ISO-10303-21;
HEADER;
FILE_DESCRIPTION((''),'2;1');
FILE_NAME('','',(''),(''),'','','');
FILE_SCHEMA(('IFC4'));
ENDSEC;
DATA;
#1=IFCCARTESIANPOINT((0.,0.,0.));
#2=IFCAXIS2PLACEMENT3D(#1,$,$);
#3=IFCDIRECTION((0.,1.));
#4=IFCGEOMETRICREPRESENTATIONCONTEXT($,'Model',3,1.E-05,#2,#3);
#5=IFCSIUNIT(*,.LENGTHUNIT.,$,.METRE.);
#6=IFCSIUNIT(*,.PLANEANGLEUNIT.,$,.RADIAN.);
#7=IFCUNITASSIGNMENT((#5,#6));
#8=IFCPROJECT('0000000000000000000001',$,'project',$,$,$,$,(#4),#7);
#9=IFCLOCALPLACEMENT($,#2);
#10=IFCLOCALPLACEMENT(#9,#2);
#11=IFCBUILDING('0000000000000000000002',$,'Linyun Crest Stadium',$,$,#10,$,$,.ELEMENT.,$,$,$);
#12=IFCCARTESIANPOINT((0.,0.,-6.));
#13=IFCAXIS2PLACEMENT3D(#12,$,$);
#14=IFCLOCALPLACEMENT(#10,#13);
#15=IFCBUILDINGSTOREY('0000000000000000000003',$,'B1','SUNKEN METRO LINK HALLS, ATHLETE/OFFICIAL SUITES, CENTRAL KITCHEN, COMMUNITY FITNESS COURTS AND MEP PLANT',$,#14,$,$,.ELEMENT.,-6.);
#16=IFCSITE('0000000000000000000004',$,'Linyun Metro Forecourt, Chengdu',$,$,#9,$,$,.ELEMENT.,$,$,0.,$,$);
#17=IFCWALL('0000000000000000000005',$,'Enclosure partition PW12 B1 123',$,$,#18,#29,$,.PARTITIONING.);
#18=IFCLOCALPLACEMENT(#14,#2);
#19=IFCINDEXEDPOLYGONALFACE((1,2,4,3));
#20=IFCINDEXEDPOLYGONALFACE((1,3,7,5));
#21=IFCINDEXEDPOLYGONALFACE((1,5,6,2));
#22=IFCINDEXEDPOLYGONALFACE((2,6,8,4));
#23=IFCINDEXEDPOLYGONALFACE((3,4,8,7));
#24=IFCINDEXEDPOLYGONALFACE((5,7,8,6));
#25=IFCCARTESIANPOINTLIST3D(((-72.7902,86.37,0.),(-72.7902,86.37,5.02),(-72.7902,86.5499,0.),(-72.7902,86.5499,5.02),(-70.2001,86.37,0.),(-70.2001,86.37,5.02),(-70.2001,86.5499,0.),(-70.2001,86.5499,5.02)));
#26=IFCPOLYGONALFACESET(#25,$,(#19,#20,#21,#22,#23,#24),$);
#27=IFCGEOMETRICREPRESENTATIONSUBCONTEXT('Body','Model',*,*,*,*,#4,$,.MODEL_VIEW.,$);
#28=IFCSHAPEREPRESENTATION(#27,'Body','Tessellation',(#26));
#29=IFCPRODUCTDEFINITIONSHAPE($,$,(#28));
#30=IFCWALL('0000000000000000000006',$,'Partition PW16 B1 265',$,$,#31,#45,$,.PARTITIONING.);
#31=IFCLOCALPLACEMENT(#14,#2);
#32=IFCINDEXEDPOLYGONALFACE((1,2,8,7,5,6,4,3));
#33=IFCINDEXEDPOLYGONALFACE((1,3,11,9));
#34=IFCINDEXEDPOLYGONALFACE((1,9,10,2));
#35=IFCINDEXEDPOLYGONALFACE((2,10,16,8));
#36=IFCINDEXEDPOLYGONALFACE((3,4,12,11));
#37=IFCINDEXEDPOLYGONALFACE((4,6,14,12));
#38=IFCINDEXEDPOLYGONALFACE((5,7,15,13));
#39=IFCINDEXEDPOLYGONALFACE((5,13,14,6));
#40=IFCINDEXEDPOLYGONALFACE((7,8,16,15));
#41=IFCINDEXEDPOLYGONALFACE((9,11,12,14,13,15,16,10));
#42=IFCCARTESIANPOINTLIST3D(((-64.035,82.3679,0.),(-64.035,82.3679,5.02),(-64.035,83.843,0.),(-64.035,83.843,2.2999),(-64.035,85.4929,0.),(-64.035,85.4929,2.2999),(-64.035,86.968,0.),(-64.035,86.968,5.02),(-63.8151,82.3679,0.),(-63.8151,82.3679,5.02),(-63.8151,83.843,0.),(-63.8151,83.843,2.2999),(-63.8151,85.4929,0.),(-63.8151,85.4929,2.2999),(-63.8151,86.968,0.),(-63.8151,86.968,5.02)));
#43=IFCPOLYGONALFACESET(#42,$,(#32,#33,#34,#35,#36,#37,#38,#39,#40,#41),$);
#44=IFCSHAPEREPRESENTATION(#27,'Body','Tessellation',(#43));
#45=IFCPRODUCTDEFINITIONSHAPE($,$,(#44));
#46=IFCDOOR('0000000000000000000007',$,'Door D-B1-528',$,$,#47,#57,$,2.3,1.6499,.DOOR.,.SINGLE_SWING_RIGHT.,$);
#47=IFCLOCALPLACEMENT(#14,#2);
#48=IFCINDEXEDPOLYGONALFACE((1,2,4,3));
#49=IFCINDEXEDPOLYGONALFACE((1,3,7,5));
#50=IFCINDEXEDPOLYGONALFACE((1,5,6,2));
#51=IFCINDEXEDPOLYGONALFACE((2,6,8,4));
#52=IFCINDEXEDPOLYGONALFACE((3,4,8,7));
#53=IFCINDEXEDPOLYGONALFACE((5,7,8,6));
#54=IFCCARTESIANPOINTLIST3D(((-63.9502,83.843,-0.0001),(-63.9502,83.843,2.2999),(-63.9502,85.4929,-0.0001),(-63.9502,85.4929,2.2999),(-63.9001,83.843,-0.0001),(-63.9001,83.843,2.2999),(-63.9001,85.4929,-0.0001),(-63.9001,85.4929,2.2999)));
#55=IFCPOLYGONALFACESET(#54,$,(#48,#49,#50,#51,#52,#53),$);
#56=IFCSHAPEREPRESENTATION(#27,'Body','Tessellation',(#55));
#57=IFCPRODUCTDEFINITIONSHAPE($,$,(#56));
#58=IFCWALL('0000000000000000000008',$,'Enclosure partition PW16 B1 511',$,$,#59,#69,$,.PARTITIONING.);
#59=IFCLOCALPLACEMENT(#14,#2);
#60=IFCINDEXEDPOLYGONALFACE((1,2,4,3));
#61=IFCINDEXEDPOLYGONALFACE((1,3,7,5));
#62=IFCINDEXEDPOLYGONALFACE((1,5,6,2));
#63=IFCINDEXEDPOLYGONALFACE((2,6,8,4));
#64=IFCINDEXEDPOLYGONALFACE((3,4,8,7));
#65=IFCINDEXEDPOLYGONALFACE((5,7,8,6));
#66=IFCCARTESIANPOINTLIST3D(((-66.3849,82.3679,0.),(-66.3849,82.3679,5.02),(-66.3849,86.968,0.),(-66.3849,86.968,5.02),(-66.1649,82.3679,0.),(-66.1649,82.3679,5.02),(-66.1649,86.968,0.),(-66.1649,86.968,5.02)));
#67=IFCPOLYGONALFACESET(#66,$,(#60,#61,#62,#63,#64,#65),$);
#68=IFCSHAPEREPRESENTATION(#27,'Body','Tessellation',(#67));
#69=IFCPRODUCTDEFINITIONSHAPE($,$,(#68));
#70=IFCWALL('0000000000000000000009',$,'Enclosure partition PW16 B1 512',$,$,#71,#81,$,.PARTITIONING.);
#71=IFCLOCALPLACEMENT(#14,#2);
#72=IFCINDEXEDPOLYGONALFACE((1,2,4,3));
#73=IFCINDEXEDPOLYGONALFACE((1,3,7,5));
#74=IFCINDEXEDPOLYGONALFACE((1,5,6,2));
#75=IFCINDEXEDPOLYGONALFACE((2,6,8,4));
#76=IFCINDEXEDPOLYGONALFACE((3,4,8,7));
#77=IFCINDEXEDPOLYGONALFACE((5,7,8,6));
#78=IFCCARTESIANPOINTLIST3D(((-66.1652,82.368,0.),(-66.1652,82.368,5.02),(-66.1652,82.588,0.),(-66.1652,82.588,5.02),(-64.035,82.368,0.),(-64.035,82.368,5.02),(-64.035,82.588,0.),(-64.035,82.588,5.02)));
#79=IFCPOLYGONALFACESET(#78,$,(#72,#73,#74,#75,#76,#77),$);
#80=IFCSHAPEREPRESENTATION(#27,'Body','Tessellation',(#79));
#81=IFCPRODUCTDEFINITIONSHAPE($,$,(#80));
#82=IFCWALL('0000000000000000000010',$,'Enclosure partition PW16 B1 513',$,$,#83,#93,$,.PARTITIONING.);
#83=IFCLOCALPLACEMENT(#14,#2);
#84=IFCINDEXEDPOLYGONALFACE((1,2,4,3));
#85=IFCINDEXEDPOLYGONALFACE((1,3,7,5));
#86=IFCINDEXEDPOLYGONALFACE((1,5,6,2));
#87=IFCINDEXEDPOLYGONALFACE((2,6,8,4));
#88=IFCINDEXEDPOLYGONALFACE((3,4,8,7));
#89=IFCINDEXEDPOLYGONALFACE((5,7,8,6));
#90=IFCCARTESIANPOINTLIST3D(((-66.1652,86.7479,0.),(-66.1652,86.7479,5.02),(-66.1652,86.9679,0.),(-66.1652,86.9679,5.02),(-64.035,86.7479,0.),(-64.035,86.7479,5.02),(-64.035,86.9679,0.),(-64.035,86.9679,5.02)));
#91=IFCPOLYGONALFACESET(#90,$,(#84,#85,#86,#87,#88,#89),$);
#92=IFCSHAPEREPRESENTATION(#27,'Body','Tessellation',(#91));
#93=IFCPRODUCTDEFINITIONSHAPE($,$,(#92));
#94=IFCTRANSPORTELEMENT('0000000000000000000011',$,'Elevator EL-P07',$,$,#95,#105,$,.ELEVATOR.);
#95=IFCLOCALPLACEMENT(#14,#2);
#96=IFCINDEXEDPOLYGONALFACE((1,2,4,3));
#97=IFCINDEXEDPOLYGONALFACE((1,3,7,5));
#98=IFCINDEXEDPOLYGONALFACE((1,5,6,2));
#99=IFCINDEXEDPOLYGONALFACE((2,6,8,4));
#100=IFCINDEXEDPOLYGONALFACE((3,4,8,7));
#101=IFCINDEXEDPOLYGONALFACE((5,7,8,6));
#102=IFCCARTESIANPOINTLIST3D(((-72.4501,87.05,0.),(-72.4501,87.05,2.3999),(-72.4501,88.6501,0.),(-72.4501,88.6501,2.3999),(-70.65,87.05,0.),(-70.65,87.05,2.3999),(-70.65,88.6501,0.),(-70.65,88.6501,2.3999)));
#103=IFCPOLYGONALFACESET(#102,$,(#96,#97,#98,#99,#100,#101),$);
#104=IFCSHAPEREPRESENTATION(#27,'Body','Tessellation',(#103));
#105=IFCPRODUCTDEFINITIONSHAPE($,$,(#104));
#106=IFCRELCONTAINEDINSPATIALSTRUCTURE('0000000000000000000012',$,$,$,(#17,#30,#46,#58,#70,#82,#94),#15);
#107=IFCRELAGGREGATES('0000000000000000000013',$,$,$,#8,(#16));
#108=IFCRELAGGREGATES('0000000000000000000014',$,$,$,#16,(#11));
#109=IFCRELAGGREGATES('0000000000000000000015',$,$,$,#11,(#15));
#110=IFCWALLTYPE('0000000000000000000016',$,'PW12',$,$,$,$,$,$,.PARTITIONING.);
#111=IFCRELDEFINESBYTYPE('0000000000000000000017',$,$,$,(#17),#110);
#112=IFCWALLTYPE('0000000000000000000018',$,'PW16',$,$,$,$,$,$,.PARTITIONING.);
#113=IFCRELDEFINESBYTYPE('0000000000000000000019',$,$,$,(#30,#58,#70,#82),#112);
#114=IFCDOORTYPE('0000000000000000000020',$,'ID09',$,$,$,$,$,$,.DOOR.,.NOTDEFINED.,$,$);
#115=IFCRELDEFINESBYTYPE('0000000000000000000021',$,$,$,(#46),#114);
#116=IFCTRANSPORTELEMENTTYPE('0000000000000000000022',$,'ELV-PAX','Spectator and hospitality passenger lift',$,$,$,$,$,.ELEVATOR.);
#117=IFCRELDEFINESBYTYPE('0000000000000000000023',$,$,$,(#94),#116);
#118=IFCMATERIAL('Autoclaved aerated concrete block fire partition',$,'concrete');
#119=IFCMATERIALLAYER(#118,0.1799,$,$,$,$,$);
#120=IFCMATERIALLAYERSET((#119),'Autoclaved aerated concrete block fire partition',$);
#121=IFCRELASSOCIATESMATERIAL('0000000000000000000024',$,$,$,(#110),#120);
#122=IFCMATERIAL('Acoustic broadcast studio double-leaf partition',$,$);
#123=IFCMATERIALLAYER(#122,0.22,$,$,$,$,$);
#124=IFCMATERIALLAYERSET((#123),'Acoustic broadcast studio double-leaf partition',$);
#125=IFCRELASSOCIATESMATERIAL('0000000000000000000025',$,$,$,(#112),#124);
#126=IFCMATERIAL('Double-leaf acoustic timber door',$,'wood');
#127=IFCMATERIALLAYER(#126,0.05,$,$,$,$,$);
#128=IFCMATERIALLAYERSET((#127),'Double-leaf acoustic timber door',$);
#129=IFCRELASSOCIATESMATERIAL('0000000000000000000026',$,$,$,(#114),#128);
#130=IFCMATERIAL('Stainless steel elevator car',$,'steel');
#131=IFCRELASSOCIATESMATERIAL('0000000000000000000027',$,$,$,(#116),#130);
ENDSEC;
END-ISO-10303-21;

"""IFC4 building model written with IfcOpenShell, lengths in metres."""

from ifc_helpers import new_model, si_unit, direction, frame, frame_2d, origin, origin_2d, place, context, subcontext, project, spatial, rectangle, extrude, material, layer, layer_set, type_object, element, fill, save


model = new_model("IFC4")

# Units and contexts
model_context = context("Model", 3, precision=1e-05, world=origin(), true_north=direction((0.0, 1.0)))
body_context = subcontext(model_context, "Body", "Model", "MODEL_VIEW")
ifc_project = project(units=[si_unit("LENGTHUNIT", "METRE"), si_unit("PLANEANGLEUNIT", "RADIAN")], contexts=[model_context])

# Site, building, storey
site_placement = place(None, origin())
site = spatial("IfcSite", under=ifc_project, at=site_placement, Name="Linyun Metro Forecourt, Chengdu", CompositionType="ELEMENT", RefElevation=0.0)
building_placement = place(site_placement, origin())
building = spatial("IfcBuilding", under=site, at=building_placement, Name="Linyun Crest Stadium", CompositionType="ELEMENT")
storey_placement = place(building_placement, frame((0.0, 0.0, -6.0)))
storey = spatial("IfcBuildingStorey", under=building, at=storey_placement, Name="B1", Description="SUNKEN METRO LINK HALLS, ATHLETE/OFFICIAL SUITES, CENTRAL KITCHEN, COMMUNITY FITNESS COURTS AND MEP PLANT", CompositionType="ELEMENT", Elevation=-6.0)

# Shared definitions
ifc_material_1 = material(Name="Autoclaved aerated concrete block fire partition", Category="concrete")
ifc_layer_1 = layer(ifc_material_1, 0.1799)
ifc_layer_set_1 = layer_set([ifc_layer_1], Name="Autoclaved aerated concrete block fire partition")
wall_type_1 = type_object("IfcWallType", Name="PW12", PredefinedType="PARTITIONING", material=ifc_layer_set_1)

# Wall
wall_1_placement = place(storey_placement, frame((-72.79, 86.46, 0.0), z_axis=(0.0, 0.0, 1.0), x_axis=(1.0, 0.0, 0.0)))
element("IfcWall", 1, at=wall_1_placement, inside=storey, type_object=wall_type_1, Name="Enclosure partition PW12 B1 123", PredefinedType="PARTITIONING", context=body_context, shape_type="SweptSolid", body=[
    extrude(rectangle(XDim=2.5901, YDim=0.1799, at=frame_2d((1.2949, 0.0))), origin(), (0.0, 0.0, 1.0), 5.02),
])

# Wall, opening, door
ifc_material_2 = material(Name="Acoustic broadcast studio double-leaf partition")
ifc_layer_2 = layer(ifc_material_2, 0.22)
ifc_layer_set_2 = layer_set([ifc_layer_2], Name="Acoustic broadcast studio double-leaf partition")
wall_type_2 = type_object("IfcWallType", Name="PW16", PredefinedType="PARTITIONING", material=ifc_layer_set_2)
wall_2_placement = place(storey_placement, frame((-63.925, 86.968, 0.0), z_axis=(0.0, 0.0, 1.0), x_axis=(0.0, -1.0, 0.0)))
wall_2 = element("IfcWall", 2, at=wall_2_placement, inside=storey, type_object=wall_type_2, Name="Partition PW16 B1 265", PredefinedType="PARTITIONING", context=body_context, shape_type="SweptSolid", body=[
    extrude(rectangle(XDim=4.6001, YDim=0.22, at=frame_2d((2.3, 0.0))), origin(), (0.0, 0.0, 1.0), 5.02),
])
opening_1_placement = place(wall_2_placement, frame((1.4751, 0.0, 0.0)))
opening_1 = element("IfcOpeningElement", 3, at=opening_1_placement, cuts=wall_2, PredefinedType="OPENING", context=body_context, shape_type="SweptSolid", body=[
    extrude(rectangle(XDim=1.6499, YDim=2.3, at=frame_2d((0.825, 1.1499))), frame((0.0, 0.1199, 0.0), z_axis=(0.0, -1.0, 0.0), x_axis=(1.0, 0.0, 0.0)), (0.0, 0.0, 1.0), 0.24),
])
ifc_material_3 = material(Name="Double-leaf acoustic timber door", Category="wood")
ifc_layer_3 = layer(ifc_material_3, 0.05)
ifc_layer_set_3 = layer_set([ifc_layer_3], Name="Double-leaf acoustic timber door")
door_type_1 = type_object("IfcDoorType", Name="ID09", OperationType="NOTDEFINED", PredefinedType="DOOR", material=ifc_layer_set_3)
door_1_placement = place(opening_1_placement, origin())
door_1 = element("IfcDoor", 4, at=door_1_placement, inside=storey, type_object=door_type_1, Name="Door D-B1-528", OperationType="SINGLE_SWING_RIGHT", OverallHeight=2.3, OverallWidth=1.6499, PredefinedType="DOOR", context=body_context, shape_type="SweptSolid", body=[
    extrude(rectangle(XDim=1.6499, YDim=2.3, at=frame_2d((0.825, 1.1499))), frame((0.0, 0.0249, 0.0), z_axis=(0.0, -1.0, 0.0), x_axis=(1.0, 0.0, 0.0)), (0.0, 0.0, 1.0), 0.05),
])
fill(opening_1, door_1)

# Walls
wall_3_placement = place(storey_placement, frame((-66.2749, 82.3679, 0.0), z_axis=(0.0, 0.0, 1.0), x_axis=(0.0, 1.0, 0.0)))
element("IfcWall", 5, at=wall_3_placement, inside=storey, type_object=wall_type_2, Name="Enclosure partition PW16 B1 511", PredefinedType="PARTITIONING", context=body_context, shape_type="SweptSolid", body=[
    extrude(rectangle(XDim=4.6001, YDim=0.22, at=frame_2d((2.3, 0.0))), origin(), (0.0, 0.0, 1.0), 5.02),
])
for number, where, z_axis, x_axis, name in (
    (6, (-66.165, 82.478, 0.0), (0.0, 0.0, 1.0), (1.0, 0.0, 0.0), "Enclosure partition PW16 B1 512"),
    (7, (-66.165, 86.8579, 0.0), (0.0, 0.0, 1.0), (1.0, 0.0, 0.0), "Enclosure partition PW16 B1 513"),
):
    element("IfcWall", number, at=place(storey_placement, frame(where, z_axis=z_axis, x_axis=x_axis)), inside=storey, type_object=wall_type_2, Name=name, PredefinedType="PARTITIONING", context=body_context, shape_type="SweptSolid", body=[
        extrude(rectangle(XDim=2.1301, YDim=0.22, at=frame_2d((1.0649, 0.0))), origin(), (0.0, 0.0, 1.0), 5.02),
    ])

# Transport element
ifc_material_4 = material(Name="Stainless steel elevator car", Category="steel")
transport_element_type = type_object("IfcTransportElementType", Name="ELV-PAX", Description="Spectator and hospitality passenger lift", PredefinedType="ELEVATOR", material=ifc_material_4)
transport_element_placement = place(storey_placement, frame((-71.55, 87.8501, 0.0), z_axis=(0.0, 0.0, 1.0), x_axis=(1.0, 0.0, 0.0)))
element("IfcTransportElement", 8, at=transport_element_placement, inside=storey, type_object=transport_element_type, Name="Elevator EL-P07", PredefinedType="ELEVATOR", context=body_context, shape_type="SweptSolid", body=[
    extrude(rectangle(XDim=1.8, YDim=1.6001, at=origin_2d()), origin(), (0.0, 0.0, 1.0), 2.3999),
])

save(model, "model.ifc")
